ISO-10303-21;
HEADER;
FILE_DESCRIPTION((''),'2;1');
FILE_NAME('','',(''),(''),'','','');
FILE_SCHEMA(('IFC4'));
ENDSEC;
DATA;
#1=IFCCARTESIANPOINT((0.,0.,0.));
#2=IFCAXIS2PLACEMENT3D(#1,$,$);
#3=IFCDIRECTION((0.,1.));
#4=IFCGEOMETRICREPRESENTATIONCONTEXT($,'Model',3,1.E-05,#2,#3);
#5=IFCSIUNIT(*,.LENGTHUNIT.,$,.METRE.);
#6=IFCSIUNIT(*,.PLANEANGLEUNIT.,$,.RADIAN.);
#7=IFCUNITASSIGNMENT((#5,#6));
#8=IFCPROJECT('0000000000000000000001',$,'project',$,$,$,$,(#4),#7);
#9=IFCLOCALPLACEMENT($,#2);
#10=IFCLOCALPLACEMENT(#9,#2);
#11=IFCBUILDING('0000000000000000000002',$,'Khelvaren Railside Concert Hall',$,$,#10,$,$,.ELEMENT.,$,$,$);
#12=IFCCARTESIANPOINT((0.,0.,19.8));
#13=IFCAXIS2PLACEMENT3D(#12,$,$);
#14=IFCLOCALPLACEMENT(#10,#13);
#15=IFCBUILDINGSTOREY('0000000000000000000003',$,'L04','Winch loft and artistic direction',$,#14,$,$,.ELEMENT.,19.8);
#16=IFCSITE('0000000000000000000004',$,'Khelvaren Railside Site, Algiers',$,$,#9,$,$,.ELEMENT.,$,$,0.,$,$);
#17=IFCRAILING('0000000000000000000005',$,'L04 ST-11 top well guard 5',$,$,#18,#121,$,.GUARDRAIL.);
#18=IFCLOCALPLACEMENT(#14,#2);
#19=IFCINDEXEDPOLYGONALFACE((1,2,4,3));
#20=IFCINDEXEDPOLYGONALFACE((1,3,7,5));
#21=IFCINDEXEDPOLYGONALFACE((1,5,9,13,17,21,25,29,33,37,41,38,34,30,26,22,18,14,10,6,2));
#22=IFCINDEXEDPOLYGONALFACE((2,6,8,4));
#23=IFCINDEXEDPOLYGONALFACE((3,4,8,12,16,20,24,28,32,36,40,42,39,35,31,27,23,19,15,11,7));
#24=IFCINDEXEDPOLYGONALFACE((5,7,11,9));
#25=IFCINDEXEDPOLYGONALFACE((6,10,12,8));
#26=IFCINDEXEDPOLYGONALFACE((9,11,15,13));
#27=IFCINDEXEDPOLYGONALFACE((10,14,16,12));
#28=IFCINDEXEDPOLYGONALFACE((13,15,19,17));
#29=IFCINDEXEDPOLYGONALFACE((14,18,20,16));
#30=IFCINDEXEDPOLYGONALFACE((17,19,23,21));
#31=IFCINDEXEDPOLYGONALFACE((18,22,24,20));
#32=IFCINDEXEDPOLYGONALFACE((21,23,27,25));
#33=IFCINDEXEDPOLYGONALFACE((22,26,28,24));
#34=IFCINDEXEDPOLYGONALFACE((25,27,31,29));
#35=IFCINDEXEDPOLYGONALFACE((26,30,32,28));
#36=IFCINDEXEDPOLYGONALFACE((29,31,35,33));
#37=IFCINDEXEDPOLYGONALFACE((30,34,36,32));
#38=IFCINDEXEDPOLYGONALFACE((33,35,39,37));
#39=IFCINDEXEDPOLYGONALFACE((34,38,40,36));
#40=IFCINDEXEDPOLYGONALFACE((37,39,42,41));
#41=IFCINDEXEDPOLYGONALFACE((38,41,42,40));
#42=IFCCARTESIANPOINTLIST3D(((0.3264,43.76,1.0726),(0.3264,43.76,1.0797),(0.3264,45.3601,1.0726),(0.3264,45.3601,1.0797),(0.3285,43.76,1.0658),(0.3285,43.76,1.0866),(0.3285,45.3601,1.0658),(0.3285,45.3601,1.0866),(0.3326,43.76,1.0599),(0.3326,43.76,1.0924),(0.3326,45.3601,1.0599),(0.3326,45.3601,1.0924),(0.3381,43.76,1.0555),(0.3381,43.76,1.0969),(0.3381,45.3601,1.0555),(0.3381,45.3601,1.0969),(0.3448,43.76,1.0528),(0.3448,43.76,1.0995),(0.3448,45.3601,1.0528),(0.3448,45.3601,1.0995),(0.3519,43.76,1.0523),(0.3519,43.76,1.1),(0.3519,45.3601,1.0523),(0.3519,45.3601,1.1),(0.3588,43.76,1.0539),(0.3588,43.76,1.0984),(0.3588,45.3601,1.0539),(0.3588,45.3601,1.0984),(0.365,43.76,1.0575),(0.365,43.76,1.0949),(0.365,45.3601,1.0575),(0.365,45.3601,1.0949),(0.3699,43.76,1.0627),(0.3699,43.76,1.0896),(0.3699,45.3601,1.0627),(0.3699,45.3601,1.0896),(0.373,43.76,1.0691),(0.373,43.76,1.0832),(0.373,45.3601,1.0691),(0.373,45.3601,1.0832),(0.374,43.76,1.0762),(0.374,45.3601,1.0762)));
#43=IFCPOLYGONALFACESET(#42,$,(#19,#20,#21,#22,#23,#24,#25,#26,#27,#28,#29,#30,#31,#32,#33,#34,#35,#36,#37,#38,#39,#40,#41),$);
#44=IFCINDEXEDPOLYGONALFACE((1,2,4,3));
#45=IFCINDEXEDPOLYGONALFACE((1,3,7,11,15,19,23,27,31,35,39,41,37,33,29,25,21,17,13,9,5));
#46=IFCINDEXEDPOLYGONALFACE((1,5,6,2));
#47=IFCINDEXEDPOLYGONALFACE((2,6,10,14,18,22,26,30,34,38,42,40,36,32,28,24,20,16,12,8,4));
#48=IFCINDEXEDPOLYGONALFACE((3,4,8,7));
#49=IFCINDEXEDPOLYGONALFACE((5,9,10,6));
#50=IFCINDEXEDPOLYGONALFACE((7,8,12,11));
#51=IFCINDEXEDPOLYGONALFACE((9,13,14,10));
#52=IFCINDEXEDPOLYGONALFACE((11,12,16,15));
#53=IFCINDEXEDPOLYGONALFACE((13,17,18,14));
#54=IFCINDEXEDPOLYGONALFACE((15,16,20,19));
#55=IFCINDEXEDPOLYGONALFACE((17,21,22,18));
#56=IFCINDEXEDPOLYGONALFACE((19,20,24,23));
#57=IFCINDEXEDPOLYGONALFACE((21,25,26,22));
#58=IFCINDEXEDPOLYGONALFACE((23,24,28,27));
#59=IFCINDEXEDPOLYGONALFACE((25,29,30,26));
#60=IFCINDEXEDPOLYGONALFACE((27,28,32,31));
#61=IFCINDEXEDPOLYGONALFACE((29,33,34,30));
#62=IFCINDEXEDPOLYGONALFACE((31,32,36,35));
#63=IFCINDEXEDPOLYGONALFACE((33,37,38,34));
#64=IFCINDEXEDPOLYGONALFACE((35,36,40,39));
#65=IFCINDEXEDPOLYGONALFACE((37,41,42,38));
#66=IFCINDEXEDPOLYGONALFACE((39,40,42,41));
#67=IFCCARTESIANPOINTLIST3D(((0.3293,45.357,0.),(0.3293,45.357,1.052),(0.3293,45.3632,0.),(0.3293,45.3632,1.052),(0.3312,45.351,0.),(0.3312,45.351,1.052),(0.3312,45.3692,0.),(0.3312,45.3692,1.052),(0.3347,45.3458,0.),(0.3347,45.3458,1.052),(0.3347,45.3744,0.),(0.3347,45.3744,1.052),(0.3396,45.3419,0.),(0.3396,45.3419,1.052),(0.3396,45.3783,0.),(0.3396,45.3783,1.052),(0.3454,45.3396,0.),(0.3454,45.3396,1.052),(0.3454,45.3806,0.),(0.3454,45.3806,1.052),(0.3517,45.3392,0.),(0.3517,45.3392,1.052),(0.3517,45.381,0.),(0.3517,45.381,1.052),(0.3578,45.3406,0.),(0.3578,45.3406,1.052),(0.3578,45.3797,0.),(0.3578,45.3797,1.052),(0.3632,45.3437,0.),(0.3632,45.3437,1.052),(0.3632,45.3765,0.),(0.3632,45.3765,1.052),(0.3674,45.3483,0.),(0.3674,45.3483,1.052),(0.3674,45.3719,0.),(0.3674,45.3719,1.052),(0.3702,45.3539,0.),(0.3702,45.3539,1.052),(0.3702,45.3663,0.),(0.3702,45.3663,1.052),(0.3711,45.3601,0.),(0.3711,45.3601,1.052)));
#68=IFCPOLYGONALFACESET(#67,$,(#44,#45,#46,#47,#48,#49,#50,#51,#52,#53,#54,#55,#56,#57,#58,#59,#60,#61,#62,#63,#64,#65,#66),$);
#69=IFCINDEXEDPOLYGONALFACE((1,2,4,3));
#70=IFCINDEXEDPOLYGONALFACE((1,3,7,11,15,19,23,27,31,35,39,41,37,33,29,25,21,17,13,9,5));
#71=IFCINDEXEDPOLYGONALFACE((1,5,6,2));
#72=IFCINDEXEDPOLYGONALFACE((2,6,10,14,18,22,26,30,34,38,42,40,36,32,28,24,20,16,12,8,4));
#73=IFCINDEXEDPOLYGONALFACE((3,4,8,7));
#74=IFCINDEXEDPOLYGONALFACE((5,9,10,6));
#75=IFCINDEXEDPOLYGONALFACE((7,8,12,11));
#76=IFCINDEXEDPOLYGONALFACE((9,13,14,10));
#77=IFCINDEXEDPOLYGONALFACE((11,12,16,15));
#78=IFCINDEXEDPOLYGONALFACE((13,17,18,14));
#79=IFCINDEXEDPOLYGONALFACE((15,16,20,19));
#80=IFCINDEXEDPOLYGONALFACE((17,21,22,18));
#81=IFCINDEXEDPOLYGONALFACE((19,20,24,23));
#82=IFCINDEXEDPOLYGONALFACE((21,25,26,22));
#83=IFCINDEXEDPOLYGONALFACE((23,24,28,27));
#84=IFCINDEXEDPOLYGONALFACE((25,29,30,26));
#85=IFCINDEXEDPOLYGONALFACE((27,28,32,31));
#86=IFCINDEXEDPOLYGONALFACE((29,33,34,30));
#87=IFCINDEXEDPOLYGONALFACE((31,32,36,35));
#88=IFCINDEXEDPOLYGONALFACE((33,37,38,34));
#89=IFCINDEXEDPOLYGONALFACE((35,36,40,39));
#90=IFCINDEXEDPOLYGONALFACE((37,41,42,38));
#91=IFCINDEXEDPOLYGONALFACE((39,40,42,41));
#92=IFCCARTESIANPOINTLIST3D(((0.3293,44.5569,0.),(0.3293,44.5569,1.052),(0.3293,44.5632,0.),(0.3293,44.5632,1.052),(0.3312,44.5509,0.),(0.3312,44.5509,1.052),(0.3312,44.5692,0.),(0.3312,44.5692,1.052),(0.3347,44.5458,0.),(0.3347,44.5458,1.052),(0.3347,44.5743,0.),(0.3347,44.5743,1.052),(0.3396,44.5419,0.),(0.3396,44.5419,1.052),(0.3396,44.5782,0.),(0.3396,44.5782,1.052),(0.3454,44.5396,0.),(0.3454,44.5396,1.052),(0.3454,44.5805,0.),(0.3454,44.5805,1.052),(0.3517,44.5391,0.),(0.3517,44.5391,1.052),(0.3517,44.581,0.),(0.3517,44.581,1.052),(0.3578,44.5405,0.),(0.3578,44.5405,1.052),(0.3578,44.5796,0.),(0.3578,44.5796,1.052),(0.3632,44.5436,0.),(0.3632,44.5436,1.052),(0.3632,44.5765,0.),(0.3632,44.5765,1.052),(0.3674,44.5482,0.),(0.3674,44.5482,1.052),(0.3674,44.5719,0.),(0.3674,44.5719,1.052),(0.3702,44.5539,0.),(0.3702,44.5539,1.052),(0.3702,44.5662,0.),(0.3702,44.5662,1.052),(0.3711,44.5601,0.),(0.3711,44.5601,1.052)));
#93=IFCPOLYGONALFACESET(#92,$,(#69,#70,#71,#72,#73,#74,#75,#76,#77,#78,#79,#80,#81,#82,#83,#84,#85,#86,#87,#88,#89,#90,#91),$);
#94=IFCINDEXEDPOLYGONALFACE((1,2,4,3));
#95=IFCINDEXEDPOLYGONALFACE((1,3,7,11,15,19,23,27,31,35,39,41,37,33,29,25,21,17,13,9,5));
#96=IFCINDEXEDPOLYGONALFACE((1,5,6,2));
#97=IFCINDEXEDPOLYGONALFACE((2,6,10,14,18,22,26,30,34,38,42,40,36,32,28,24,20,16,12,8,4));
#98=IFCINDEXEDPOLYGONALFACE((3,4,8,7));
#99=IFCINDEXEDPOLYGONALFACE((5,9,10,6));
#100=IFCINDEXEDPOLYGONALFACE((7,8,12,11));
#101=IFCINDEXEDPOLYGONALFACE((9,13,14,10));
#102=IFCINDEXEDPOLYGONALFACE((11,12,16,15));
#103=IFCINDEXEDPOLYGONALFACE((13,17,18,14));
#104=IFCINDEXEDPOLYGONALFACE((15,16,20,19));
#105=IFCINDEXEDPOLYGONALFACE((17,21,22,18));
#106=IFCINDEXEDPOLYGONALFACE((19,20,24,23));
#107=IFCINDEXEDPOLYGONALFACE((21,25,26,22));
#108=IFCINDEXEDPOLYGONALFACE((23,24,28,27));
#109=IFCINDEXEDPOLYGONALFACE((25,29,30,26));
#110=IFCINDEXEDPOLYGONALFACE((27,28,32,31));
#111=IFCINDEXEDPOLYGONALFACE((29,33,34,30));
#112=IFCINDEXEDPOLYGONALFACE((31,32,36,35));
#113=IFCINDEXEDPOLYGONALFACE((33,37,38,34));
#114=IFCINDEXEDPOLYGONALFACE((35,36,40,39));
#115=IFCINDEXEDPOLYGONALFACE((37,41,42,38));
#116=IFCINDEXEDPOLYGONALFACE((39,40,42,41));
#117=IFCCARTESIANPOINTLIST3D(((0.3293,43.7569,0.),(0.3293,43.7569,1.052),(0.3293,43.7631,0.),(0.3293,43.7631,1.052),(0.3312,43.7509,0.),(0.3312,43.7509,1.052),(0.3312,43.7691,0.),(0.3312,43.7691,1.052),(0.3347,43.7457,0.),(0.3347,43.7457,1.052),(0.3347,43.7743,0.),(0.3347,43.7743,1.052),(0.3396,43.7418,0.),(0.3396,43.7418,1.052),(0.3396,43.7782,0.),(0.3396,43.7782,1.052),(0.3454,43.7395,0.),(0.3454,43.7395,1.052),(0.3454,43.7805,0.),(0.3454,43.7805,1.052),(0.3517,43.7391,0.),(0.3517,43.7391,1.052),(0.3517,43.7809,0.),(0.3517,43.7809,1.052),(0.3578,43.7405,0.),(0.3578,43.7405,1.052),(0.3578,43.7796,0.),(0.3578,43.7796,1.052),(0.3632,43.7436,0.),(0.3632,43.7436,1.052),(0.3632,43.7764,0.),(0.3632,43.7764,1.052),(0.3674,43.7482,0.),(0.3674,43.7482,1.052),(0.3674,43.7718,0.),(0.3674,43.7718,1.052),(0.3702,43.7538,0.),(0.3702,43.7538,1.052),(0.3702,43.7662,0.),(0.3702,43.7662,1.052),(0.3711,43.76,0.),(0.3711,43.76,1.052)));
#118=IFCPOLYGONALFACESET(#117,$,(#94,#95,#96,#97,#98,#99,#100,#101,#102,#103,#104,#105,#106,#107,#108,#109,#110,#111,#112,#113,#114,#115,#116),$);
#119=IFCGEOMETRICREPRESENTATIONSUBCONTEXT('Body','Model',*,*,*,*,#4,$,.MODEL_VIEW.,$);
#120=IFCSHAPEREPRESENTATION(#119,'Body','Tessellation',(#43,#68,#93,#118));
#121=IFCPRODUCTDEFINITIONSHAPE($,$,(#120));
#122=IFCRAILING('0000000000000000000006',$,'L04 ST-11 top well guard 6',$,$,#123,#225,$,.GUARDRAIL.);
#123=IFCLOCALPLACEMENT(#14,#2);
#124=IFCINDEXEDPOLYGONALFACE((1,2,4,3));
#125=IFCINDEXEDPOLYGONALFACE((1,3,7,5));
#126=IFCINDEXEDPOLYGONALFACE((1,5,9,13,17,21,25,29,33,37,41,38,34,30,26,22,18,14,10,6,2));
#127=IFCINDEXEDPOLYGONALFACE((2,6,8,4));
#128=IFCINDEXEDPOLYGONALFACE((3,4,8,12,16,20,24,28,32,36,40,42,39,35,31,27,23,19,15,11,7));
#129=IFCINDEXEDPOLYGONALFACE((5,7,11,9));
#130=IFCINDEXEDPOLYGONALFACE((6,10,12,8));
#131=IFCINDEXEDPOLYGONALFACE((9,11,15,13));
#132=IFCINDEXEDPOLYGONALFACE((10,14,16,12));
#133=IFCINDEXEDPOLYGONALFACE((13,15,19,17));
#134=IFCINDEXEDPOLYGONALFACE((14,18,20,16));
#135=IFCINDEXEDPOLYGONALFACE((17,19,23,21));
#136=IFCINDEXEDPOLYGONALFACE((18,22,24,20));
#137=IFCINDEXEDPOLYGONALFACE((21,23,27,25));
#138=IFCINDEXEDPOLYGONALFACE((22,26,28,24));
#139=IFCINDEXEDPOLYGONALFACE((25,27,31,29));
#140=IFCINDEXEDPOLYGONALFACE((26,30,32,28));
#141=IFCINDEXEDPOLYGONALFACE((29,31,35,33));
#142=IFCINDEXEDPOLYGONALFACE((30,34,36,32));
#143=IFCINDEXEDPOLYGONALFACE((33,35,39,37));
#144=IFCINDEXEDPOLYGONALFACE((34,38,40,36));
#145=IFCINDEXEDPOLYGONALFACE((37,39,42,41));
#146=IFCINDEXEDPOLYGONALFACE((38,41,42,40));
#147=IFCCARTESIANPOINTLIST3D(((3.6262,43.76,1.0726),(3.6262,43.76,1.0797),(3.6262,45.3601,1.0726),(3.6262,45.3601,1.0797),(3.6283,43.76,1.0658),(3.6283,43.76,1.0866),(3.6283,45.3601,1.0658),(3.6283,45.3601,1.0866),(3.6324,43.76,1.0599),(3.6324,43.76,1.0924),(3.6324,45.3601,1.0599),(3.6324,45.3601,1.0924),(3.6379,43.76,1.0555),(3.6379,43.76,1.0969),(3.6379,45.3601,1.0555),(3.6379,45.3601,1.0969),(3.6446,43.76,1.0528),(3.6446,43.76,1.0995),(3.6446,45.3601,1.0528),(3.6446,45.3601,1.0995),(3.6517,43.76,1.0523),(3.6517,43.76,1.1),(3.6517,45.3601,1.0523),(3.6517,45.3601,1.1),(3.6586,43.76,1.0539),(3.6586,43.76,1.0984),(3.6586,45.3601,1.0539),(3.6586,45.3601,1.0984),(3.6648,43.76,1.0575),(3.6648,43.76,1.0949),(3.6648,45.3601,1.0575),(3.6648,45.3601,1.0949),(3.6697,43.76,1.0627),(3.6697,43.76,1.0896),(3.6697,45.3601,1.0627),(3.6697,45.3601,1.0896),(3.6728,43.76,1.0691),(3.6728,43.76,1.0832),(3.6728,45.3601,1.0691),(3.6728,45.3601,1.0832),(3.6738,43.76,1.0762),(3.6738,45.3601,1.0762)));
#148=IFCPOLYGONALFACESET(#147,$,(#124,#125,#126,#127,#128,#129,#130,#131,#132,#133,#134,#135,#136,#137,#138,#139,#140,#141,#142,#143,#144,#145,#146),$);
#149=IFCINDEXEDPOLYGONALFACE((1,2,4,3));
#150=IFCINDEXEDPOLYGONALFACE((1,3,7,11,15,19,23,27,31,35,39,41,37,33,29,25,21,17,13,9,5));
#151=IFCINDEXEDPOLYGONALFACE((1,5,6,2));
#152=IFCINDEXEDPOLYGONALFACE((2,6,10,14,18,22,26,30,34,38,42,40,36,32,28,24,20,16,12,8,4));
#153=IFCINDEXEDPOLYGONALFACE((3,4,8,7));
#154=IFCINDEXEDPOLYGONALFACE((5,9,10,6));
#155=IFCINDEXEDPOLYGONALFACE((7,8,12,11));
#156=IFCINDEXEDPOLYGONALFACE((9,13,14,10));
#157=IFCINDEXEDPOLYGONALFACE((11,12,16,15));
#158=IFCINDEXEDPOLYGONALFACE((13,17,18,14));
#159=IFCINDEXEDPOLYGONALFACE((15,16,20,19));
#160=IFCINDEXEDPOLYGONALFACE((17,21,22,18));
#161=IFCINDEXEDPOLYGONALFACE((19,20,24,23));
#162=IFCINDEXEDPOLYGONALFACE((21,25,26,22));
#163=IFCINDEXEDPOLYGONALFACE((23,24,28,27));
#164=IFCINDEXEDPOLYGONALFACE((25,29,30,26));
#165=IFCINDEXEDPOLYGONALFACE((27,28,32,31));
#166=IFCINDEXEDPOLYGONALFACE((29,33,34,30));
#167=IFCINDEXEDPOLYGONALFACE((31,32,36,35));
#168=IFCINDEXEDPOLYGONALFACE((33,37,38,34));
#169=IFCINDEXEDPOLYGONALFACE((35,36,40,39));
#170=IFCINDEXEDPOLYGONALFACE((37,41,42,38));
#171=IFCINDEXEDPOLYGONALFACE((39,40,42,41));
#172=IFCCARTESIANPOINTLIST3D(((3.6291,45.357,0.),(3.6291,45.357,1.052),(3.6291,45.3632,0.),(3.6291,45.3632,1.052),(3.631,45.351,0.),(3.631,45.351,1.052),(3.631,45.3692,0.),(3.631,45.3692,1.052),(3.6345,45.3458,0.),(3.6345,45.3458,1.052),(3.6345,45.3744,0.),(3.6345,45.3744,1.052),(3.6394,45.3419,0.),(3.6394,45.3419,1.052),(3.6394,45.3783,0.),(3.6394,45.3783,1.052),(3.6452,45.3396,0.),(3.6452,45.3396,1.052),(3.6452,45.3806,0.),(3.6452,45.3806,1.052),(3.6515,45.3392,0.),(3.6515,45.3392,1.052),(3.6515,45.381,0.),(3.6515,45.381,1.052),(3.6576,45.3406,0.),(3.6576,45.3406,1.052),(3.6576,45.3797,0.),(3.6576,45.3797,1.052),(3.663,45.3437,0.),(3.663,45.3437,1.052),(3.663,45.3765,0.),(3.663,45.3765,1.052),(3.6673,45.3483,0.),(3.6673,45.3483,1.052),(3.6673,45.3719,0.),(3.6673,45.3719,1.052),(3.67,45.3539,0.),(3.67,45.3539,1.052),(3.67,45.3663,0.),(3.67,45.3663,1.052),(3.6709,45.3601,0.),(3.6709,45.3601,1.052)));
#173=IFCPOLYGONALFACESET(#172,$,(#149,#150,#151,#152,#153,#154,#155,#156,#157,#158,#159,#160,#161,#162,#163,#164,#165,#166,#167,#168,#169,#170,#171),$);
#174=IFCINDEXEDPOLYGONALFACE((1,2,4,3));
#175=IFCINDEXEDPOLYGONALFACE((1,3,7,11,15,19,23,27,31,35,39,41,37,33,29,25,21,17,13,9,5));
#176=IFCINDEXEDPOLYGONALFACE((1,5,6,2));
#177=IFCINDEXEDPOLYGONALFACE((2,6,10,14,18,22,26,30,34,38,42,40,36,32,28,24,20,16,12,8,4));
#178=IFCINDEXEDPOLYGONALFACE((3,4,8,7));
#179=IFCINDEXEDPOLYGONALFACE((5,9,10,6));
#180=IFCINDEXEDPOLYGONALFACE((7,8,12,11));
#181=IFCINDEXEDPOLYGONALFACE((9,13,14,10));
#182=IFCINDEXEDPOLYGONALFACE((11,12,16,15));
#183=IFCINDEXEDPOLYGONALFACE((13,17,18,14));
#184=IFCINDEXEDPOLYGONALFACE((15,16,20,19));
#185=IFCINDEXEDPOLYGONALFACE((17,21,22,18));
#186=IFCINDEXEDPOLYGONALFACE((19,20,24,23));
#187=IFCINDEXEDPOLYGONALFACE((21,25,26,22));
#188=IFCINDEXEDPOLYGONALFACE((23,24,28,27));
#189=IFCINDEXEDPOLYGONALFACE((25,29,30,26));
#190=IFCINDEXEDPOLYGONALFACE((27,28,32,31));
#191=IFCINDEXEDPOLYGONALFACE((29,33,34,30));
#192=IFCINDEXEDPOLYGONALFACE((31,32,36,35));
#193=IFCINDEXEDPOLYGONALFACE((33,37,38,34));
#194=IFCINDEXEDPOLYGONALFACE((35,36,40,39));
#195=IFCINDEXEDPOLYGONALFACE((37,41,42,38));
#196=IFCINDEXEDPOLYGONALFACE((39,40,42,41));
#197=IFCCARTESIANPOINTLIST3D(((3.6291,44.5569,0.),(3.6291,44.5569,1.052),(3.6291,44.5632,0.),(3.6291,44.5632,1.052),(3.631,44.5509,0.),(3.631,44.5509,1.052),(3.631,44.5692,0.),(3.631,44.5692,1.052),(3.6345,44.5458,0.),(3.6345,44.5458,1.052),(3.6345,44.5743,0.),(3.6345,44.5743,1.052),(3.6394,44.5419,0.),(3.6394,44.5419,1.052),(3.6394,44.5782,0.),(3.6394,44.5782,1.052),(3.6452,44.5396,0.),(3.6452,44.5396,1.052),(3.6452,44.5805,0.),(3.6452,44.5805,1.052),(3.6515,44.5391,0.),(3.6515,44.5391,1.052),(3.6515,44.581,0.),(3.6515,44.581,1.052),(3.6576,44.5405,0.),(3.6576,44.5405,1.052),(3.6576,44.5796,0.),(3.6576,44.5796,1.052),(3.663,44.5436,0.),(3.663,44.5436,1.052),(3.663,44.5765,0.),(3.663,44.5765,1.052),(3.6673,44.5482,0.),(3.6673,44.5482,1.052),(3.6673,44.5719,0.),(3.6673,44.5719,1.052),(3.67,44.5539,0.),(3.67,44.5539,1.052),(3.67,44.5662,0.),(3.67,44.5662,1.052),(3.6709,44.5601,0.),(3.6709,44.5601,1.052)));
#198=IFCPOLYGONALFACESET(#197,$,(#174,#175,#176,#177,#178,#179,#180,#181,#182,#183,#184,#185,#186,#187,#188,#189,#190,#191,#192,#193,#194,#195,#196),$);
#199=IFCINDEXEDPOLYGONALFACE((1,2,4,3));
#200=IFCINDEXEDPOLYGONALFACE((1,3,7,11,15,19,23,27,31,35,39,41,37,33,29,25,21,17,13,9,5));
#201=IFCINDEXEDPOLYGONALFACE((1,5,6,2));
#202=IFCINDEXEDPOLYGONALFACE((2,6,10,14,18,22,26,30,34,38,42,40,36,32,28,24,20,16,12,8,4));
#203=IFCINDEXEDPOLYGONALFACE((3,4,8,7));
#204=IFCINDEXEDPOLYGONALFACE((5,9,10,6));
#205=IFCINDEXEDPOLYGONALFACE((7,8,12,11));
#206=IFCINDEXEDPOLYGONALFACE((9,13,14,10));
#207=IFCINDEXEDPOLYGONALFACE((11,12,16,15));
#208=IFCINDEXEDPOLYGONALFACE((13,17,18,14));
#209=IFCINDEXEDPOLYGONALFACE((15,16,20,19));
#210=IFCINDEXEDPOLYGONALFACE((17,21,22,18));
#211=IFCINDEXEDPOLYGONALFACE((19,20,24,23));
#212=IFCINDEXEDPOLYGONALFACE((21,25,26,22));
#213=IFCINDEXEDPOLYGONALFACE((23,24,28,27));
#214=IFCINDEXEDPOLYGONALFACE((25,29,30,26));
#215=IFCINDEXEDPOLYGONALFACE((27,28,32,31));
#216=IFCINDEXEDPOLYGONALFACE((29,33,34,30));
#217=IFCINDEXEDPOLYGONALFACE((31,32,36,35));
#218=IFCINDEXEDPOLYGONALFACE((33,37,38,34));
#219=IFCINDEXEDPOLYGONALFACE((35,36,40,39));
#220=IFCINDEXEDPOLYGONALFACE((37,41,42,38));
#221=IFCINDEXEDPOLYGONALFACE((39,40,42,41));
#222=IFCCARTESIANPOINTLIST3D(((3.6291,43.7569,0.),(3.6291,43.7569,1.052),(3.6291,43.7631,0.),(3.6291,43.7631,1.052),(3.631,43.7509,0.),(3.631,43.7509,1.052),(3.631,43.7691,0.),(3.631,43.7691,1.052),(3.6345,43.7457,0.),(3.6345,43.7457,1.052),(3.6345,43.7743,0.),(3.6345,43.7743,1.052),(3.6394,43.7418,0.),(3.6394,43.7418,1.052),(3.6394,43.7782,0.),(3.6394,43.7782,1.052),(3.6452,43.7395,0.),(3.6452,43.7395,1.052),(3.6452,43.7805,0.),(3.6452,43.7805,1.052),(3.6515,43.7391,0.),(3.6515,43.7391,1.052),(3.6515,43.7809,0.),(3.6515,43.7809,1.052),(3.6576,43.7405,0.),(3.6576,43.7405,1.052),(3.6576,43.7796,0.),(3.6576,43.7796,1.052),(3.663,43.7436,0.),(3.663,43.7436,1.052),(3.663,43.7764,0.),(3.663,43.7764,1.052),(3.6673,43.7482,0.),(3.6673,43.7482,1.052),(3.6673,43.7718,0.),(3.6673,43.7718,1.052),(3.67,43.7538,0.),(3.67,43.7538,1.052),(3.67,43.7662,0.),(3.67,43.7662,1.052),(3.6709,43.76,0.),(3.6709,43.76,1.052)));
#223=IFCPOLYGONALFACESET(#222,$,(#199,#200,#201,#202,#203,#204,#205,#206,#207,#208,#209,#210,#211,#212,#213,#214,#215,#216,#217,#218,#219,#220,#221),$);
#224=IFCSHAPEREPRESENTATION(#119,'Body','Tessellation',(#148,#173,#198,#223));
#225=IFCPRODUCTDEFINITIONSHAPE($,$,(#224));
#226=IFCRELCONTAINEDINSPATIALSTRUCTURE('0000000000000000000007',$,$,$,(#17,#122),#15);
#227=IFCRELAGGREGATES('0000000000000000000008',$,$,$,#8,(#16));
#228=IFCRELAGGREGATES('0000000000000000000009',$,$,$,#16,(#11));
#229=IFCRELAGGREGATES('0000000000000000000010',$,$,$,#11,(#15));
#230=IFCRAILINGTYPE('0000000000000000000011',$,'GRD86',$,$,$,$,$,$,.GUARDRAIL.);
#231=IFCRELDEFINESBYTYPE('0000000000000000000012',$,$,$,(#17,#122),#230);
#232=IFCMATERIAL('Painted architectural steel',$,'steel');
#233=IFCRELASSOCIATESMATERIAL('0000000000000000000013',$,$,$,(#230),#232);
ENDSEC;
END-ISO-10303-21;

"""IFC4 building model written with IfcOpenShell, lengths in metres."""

from ifc_helpers import new_model, si_unit, direction, frame, origin, origin_2d, place, context, subcontext, project, spatial, circle, extrude, material, type_object, element, save


model = new_model("IFC4")

# Units and contexts
model_context = context("Model", 3, precision=1e-05, world=origin(), true_north=direction((0.0, 1.0)))
body_context = subcontext(model_context, "Body", "Model", "MODEL_VIEW")
ifc_project = project(units=[si_unit("LENGTHUNIT", "METRE"), si_unit("PLANEANGLEUNIT", "RADIAN")], contexts=[model_context])

# Site, building, storey
site_placement = place(None, origin())
site = spatial("IfcSite", under=ifc_project, at=site_placement, Name="Khelvaren Railside Site, Algiers", CompositionType="ELEMENT", RefElevation=0.0)
building_placement = place(site_placement, origin())
building = spatial("IfcBuilding", under=site, at=building_placement, Name="Khelvaren Railside Concert Hall", CompositionType="ELEMENT")
storey_placement = place(building_placement, frame((0.0, 0.0, 19.8)))
storey = spatial("IfcBuildingStorey", under=building, at=storey_placement, Name="L04", Description="Winch loft and artistic direction", CompositionType="ELEMENT", Elevation=19.8)

# Railings
ifc_material_1 = material(Name="Painted architectural steel", Category="steel")
railing_type = type_object("IfcRailingType", Name="GRD86", PredefinedType="GUARDRAIL", material=ifc_material_1)
for number, where, name in (
    (1, (0.3501, 45.3601, 0.0), "L04 ST-11 top well guard 5"),
    (2, (3.6499, 45.3601, 0.0), "L04 ST-11 top well guard 6"),
):
    element("IfcRailing", number, at=place(storey_placement, frame(where)), inside=storey, type_object=railing_type, Name=name, PredefinedType="GUARDRAIL", context=body_context, shape_type="SweptSolid", body=[
        extrude(circle(Radius=0.0239, at=origin_2d()), frame((0.0, 0.0, 1.0762), z_axis=(0.0, -1.0, 0.0), x_axis=(1.0, 0.0, 0.0)), (0.0, 0.0, 1.0), 1.6001),
        extrude(circle(Radius=0.021, at=origin_2d()), origin(), (0.0, 0.0, 1.0), 1.052),
        extrude(circle(Radius=0.021, at=origin_2d()), frame((0.0, -0.8, 0.0)), (0.0, 0.0, 1.0), 1.052),
        extrude(circle(Radius=0.021, at=origin_2d()), frame((0.0, -1.6001, 0.0)), (0.0, 0.0, 1.0), 1.052),
    ])

save(model, "model.ifc")
